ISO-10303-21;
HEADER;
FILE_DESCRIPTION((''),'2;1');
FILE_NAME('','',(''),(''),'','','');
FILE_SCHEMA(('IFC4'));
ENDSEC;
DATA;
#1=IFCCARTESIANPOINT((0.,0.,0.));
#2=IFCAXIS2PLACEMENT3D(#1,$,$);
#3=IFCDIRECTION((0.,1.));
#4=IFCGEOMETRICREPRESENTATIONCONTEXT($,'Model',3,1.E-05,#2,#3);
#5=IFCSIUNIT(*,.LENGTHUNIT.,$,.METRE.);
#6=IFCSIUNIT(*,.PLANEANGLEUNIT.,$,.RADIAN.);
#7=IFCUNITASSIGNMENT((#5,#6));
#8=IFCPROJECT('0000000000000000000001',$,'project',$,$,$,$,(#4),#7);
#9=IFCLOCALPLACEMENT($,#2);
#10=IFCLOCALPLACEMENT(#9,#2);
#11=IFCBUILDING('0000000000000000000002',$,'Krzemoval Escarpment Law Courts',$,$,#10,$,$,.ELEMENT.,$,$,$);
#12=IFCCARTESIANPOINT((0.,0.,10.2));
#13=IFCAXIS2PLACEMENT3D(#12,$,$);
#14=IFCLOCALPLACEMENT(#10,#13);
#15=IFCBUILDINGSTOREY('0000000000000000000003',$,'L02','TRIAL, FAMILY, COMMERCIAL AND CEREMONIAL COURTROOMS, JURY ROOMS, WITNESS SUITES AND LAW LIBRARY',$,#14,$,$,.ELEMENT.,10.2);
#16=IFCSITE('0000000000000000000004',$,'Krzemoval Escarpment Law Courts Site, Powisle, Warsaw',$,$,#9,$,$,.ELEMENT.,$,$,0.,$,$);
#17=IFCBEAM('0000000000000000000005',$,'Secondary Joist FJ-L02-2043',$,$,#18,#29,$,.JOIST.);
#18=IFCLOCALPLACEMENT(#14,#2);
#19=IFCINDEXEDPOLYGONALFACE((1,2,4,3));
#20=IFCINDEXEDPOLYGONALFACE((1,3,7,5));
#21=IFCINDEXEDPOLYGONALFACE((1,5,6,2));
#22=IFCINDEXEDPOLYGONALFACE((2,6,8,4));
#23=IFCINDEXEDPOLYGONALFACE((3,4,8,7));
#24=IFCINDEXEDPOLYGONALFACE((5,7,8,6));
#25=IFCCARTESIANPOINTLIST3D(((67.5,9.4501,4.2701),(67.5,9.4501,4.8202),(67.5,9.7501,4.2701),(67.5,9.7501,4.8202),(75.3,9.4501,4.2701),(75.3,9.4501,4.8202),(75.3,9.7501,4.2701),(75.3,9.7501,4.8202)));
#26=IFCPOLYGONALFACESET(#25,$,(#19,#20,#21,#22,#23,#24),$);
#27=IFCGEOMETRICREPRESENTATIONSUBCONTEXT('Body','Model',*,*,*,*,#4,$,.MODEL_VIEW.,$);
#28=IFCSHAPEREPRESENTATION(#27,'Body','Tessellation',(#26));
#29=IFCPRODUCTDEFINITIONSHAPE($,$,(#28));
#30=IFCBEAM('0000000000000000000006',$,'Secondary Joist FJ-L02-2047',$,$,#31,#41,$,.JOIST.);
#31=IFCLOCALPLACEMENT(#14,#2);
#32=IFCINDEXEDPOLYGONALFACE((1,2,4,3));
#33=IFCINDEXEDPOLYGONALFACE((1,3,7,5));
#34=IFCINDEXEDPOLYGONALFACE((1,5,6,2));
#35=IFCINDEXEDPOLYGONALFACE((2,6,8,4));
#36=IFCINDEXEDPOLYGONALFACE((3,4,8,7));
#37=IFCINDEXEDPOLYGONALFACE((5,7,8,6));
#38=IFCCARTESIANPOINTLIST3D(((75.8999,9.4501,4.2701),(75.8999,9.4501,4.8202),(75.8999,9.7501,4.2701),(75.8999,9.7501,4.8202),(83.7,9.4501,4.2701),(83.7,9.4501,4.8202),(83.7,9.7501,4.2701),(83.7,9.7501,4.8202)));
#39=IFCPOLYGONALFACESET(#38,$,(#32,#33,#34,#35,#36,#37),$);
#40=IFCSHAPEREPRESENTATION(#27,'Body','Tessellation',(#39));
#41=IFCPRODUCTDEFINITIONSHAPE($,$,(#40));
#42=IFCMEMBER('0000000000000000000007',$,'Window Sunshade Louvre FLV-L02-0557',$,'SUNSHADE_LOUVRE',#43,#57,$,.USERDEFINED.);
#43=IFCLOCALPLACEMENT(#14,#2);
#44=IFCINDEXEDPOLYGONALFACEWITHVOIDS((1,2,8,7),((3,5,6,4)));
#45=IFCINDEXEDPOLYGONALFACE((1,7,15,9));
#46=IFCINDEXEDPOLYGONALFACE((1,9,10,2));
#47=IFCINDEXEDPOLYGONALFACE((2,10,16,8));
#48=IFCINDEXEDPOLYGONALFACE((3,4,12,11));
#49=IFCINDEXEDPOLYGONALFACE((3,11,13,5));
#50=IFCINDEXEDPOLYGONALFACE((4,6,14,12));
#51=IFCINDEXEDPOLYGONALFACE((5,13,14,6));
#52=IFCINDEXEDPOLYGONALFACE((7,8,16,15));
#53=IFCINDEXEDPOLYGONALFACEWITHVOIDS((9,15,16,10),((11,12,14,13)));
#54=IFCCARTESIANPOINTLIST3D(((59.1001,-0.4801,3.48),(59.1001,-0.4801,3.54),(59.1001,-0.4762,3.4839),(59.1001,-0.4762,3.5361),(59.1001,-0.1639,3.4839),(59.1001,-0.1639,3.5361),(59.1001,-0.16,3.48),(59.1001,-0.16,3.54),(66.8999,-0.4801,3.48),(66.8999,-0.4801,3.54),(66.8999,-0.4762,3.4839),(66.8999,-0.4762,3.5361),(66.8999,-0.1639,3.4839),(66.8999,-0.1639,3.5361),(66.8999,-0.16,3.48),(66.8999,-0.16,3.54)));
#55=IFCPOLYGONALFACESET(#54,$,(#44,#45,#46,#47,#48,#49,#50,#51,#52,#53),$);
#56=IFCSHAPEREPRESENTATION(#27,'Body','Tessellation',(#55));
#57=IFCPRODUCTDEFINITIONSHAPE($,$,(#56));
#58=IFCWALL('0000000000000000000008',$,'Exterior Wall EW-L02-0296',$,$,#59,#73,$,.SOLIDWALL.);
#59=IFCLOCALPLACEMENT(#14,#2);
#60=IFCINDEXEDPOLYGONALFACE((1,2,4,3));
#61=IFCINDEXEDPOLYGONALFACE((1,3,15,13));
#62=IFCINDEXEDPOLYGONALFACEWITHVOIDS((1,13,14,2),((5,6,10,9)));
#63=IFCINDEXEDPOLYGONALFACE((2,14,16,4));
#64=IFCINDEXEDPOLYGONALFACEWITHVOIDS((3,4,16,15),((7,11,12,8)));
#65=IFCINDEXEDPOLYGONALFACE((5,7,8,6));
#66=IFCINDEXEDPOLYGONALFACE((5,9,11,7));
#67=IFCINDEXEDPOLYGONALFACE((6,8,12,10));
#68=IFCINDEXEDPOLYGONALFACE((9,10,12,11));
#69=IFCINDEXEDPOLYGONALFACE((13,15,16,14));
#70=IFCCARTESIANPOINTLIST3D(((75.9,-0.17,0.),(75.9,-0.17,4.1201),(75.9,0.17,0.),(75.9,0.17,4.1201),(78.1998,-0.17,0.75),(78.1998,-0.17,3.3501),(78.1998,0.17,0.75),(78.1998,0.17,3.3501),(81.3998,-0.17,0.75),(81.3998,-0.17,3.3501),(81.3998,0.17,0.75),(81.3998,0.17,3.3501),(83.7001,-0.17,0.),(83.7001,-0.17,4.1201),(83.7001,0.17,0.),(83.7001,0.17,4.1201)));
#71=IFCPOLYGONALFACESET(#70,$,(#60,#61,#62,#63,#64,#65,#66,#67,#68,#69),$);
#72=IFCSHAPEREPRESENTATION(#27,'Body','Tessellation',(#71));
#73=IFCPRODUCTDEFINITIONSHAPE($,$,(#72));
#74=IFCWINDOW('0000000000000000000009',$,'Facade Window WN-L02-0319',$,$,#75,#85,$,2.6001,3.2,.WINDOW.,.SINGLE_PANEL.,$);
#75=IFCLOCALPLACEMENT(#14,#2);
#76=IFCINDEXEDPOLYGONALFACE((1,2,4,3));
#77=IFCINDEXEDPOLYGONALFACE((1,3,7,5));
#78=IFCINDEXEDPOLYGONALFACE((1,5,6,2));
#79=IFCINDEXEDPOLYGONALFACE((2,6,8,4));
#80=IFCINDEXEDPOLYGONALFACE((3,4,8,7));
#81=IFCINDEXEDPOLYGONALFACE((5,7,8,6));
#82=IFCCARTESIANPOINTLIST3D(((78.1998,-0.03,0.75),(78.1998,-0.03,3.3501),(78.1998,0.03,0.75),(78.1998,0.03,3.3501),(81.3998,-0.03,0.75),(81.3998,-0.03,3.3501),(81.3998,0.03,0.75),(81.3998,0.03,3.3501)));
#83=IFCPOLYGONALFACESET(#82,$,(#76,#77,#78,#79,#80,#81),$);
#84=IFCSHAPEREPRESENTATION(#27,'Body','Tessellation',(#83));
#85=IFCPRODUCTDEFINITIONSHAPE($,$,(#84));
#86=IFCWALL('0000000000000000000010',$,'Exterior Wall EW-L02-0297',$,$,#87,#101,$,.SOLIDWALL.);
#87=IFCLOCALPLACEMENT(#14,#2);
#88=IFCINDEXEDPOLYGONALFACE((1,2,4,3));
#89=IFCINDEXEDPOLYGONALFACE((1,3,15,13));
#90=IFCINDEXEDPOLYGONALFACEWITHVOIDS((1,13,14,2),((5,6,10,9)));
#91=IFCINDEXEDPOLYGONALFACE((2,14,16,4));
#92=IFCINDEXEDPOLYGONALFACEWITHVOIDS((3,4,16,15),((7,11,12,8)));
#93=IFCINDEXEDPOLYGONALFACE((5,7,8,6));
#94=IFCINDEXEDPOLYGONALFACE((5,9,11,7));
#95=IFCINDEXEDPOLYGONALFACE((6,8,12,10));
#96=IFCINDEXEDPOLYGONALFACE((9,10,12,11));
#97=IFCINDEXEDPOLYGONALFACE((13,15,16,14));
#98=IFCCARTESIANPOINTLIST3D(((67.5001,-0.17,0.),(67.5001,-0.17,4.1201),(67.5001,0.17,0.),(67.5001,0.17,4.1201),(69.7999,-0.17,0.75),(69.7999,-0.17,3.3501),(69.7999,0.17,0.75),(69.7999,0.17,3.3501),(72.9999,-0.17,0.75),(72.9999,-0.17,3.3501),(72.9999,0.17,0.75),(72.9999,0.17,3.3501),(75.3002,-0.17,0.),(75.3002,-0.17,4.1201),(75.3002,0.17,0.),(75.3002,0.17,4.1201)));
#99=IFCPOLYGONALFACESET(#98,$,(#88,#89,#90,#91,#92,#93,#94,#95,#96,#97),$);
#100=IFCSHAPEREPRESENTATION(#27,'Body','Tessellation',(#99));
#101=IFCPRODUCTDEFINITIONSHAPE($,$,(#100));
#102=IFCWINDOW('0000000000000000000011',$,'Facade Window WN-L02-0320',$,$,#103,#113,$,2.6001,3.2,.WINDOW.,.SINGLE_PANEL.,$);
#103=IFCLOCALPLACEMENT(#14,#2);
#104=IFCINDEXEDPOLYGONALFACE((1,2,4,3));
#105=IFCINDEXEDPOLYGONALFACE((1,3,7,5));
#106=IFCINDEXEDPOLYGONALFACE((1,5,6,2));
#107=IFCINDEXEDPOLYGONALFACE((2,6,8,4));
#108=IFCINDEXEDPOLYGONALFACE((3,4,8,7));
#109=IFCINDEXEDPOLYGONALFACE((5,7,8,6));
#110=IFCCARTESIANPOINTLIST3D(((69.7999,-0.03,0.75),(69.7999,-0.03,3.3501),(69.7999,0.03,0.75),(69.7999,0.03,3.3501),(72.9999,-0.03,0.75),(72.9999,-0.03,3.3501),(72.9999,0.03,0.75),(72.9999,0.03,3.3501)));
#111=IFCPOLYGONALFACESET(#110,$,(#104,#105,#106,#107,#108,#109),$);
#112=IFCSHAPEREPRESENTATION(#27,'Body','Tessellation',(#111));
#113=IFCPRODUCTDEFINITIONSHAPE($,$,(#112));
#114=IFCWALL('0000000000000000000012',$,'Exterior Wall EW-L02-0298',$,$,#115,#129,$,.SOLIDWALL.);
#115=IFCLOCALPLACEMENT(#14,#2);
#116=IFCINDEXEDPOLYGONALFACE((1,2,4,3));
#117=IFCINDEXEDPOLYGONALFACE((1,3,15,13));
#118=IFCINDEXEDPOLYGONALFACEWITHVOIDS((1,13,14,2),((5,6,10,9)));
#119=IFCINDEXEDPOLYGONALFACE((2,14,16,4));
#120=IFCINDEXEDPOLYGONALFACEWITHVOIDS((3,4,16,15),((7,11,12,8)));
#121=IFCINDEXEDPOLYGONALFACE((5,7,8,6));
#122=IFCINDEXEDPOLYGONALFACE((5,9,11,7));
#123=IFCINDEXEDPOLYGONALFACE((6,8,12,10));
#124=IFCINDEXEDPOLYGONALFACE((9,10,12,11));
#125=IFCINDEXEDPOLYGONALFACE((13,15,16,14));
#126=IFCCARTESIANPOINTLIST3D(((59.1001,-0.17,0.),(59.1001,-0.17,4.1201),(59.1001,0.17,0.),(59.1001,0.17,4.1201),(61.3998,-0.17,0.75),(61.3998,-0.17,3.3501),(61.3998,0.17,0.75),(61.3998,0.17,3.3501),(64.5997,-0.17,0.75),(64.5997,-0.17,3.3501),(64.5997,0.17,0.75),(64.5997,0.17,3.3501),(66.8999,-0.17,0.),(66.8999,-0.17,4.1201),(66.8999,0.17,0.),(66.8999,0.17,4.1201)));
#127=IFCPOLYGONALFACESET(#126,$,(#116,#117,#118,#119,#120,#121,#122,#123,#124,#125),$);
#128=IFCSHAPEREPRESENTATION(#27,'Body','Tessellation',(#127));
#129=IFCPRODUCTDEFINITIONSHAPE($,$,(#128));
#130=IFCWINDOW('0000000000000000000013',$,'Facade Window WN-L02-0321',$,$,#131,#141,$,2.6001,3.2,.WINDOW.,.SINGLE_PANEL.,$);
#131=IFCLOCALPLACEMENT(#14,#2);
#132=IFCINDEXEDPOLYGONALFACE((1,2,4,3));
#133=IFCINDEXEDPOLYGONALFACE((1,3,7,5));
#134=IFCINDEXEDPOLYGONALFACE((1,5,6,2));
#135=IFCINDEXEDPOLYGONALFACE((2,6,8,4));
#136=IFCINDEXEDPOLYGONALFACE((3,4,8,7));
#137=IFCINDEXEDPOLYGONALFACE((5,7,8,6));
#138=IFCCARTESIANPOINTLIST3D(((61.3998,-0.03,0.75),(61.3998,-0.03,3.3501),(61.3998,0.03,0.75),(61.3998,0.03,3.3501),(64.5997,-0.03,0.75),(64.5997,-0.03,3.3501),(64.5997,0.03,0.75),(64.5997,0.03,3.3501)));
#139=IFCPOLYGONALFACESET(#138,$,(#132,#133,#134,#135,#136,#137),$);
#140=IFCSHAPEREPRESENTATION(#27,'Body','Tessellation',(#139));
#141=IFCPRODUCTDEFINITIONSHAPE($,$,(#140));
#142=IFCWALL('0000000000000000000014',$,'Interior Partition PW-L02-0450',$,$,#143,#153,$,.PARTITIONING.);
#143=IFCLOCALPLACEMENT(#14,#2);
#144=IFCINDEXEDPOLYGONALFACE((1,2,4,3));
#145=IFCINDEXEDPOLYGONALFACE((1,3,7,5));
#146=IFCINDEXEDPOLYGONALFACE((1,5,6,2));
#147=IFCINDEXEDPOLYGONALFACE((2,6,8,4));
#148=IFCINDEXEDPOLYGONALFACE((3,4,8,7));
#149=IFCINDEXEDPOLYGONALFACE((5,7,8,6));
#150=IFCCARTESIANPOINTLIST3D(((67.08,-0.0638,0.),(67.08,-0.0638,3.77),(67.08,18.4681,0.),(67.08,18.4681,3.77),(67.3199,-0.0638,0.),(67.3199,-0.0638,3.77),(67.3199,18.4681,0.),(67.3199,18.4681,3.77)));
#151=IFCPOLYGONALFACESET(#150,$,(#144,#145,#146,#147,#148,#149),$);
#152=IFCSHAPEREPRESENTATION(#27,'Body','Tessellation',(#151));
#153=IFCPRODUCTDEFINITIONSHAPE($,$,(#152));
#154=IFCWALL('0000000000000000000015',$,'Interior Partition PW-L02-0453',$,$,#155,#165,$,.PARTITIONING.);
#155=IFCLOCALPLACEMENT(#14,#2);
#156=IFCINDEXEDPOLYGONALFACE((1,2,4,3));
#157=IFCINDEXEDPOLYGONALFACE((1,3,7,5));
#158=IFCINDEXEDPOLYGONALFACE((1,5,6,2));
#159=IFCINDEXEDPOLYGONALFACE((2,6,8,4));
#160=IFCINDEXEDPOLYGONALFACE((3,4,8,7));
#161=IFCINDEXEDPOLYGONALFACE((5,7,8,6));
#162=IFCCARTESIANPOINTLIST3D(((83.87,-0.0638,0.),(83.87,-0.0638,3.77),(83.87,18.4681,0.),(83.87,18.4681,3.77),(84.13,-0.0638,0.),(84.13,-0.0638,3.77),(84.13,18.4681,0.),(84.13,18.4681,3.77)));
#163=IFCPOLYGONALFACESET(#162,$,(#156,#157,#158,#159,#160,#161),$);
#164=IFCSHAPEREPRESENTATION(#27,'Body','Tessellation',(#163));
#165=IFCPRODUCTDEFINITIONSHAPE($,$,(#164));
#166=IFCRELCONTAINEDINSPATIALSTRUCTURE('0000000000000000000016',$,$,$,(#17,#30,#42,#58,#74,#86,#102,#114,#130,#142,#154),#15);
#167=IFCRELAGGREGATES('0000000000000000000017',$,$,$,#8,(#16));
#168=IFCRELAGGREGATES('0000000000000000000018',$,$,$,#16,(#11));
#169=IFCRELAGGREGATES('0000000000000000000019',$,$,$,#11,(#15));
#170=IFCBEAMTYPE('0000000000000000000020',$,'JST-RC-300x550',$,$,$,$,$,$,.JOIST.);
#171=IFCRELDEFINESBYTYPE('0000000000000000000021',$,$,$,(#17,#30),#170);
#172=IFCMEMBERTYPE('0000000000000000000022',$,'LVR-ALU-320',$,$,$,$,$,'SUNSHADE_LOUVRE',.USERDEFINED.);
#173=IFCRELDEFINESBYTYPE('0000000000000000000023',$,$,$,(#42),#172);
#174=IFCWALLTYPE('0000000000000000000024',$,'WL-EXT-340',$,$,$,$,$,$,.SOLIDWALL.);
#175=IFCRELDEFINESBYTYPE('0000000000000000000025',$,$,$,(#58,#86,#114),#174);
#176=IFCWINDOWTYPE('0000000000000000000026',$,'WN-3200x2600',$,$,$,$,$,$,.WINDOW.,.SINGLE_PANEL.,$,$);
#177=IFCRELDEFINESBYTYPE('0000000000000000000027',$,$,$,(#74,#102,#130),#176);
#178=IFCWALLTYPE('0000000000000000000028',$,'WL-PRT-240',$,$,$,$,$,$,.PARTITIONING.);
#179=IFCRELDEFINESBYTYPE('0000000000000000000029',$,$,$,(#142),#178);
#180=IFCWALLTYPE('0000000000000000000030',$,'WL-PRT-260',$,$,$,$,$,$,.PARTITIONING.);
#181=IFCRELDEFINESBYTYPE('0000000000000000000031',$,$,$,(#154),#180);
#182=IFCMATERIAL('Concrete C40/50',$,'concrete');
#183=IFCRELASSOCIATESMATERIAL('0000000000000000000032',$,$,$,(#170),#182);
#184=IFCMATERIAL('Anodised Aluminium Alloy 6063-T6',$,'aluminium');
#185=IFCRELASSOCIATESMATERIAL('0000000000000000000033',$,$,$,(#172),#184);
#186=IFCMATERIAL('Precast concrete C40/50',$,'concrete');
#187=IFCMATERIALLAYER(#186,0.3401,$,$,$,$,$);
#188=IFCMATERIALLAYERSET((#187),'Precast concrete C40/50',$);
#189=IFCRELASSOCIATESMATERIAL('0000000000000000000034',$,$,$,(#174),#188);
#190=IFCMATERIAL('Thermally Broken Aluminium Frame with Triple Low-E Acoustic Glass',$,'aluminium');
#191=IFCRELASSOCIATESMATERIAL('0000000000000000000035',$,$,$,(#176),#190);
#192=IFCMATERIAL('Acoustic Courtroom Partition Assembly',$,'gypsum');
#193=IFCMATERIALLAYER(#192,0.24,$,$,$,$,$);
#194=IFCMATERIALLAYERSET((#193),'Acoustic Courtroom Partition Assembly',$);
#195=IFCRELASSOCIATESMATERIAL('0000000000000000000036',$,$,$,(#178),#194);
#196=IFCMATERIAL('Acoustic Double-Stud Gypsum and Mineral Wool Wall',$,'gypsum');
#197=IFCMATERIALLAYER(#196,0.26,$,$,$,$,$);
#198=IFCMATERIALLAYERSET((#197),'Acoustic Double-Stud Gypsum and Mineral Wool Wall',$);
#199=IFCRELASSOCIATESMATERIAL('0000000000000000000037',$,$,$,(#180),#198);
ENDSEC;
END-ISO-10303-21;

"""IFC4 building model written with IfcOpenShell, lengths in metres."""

from ifc_helpers import new_model, si_unit, direction, frame, frame_2d, origin, origin_2d, place, context, subcontext, project, spatial, rectangle, hollow_rectangle, extrude, material, layer, layer_set, material_profile, profile_set, type_object, element, fill, save


model = new_model("IFC4")

# Units and contexts
model_context = context("Model", 3, precision=1e-05, world=origin(), true_north=direction((0.0, 1.0)))
body_context = subcontext(model_context, "Body", "Model", "MODEL_VIEW")
ifc_project = project(units=[si_unit("LENGTHUNIT", "METRE"), si_unit("PLANEANGLEUNIT", "RADIAN")], contexts=[model_context])

# Site, building, storey
site_placement = place(None, origin())
site = spatial("IfcSite", under=ifc_project, at=site_placement, Name="Krzemoval Escarpment Law Courts Site, Powisle, Warsaw", CompositionType="ELEMENT", RefElevation=0.0)
building_placement = place(site_placement, origin())
building = spatial("IfcBuilding", under=site, at=building_placement, Name="Krzemoval Escarpment Law Courts", CompositionType="ELEMENT")
storey_placement = place(building_placement, frame((0.0, 0.0, 10.2)))
storey = spatial("IfcBuildingStorey", under=building, at=storey_placement, Name="L02", Description="TRIAL, FAMILY, COMMERCIAL AND CEREMONIAL COURTROOMS, JURY ROOMS, WITNESS SUITES AND LAW LIBRARY", CompositionType="ELEMENT", Elevation=10.2)

# Beams
ifc_material_1 = material(Name="Concrete C40/50", Category="concrete")
ifc_material_profile_1 = material_profile(ifc_material_1, rectangle(XDim=0.3, YDim=0.55, at=origin_2d()), Name="RCB 300x550")
ifc_profile_set_1 = profile_set([ifc_material_profile_1], Name="Concrete C40/50")
beam_type_1 = type_object("IfcBeamType", Name="JST-RC-300x550", PredefinedType="JOIST", material=ifc_profile_set_1)
for number, where, z_axis, x_axis, name in (
    (1, (67.5, 9.6001, 4.5452), (1.0, 0.0, 0.0), (0.0, 1.0, 0.0), "Secondary Joist FJ-L02-2043"),
    (2, (75.8999, 9.6001, 4.5452), (1.0, 0.0, 0.0), (0.0, 1.0, 0.0), "Secondary Joist FJ-L02-2047"),
):
    element("IfcBeam", number, at=place(storey_placement, frame(where, z_axis=z_axis, x_axis=x_axis)), inside=storey, type_object=beam_type_1, Name=name, PredefinedType="JOIST", context=body_context, shape_type="SweptSolid", body=[
        extrude(rectangle(XDim=0.3, YDim=0.55, at=origin_2d()), origin(), (0.0, 0.0, 1.0), 7.8),
    ])

# Member
ifc_material_2 = material(Name="Anodised Aluminium Alloy 6063-T6", Category="aluminium")
ifc_material_profile_2 = material_profile(ifc_material_2, hollow_rectangle(XDim=0.0601, YDim=0.3201, WallThickness=0.0039, at=origin_2d()), Name="ALU LVR 60x320")
ifc_profile_set_2 = profile_set([ifc_material_profile_2], Name="Anodised Aluminium Alloy 6063-T6")
member_type = type_object("IfcMemberType", Name="LVR-ALU-320", ElementType="SUNSHADE_LOUVRE", PredefinedType="USERDEFINED", material=ifc_profile_set_2)
member_placement = place(storey_placement, frame((66.8999, -0.3201, 3.51), z_axis=(-1.0, 0.0, 0.0), x_axis=(0.0, 0.0, 1.0)))
element("IfcMember", 3, at=member_placement, inside=storey, type_object=member_type, Name="Window Sunshade Louvre FLV-L02-0557", ObjectType="SUNSHADE_LOUVRE", PredefinedType="USERDEFINED", context=body_context, shape_type="SweptSolid", body=[
    extrude(hollow_rectangle(XDim=0.0601, YDim=0.3201, WallThickness=0.0039, at=origin_2d()), origin(), (0.0, 0.0, 1.0), 7.7998),
])

# Walls, openings, windows
ifc_material_3 = material(Name="Precast concrete C40/50", Category="concrete")
ifc_layer_1 = layer(ifc_material_3, 0.3401)
ifc_layer_set_1 = layer_set([ifc_layer_1], Name="Precast concrete C40/50")
wall_type_1 = type_object("IfcWallType", Name="WL-EXT-340", PredefinedType="SOLIDWALL", material=ifc_layer_set_1)
wall_1_placement = place(storey_placement, frame((83.7, 0.0, 0.0), z_axis=(0.0, 0.0, 1.0), x_axis=(-1.0, 0.0, 0.0)))
wall_1 = element("IfcWall", 4, at=wall_1_placement, inside=storey, type_object=wall_type_1, Name="Exterior Wall EW-L02-0296", PredefinedType="SOLIDWALL", context=body_context, shape_type="SweptSolid", body=[
    extrude(rectangle(XDim=7.8, YDim=0.3401, at=frame_2d((3.8999, 0.0))), origin(), (0.0, 0.0, 1.0), 4.1201),
])
opening_1_placement = place(wall_1_placement, frame((2.3, 0.0, 0.75)))
opening_1 = element("IfcOpeningElement", 5, at=opening_1_placement, cuts=wall_1, PredefinedType="OPENING", context=body_context, shape_type="SweptSolid", body=[
    extrude(rectangle(XDim=3.2, YDim=2.6001, at=frame_2d((1.6001, 1.3))), frame((0.0, 0.185, 0.0), z_axis=(0.0, -1.0, 0.0), x_axis=(1.0, 0.0, 0.0)), (0.0, 0.0, 1.0), 0.3701),
])
ifc_material_4 = material(Name="Thermally Broken Aluminium Frame with Triple Low-E Acoustic Glass", Category="aluminium")
window_type = type_object("IfcWindowType", Name="WN-3200x2600", PartitioningType="SINGLE_PANEL", PredefinedType="WINDOW", material=ifc_material_4)
window_1_placement = place(opening_1_placement, origin())
window_1 = element("IfcWindow", 6, at=window_1_placement, inside=storey, type_object=window_type, Name="Facade Window WN-L02-0319", OverallHeight=2.6001, OverallWidth=3.2, PartitioningType="SINGLE_PANEL", PredefinedType="WINDOW", context=body_context, shape_type="SweptSolid", body=[
    extrude(rectangle(XDim=3.2, YDim=2.6001, at=frame_2d((1.6001, 1.3))), frame((0.0, 0.03, 0.0), z_axis=(0.0, -1.0, 0.0), x_axis=(1.0, 0.0, 0.0)), (0.0, 0.0, 1.0), 0.0601),
])
fill(opening_1, window_1)
wall_2_placement = place(storey_placement, frame((75.3, 0.0, 0.0), z_axis=(0.0, 0.0, 1.0), x_axis=(-1.0, 0.0, 0.0)))
wall_2 = element("IfcWall", 7, at=wall_2_placement, inside=storey, type_object=wall_type_1, Name="Exterior Wall EW-L02-0297", PredefinedType="SOLIDWALL", context=body_context, shape_type="SweptSolid", body=[
    extrude(rectangle(XDim=7.8, YDim=0.3401, at=frame_2d((3.8999, 0.0))), origin(), (0.0, 0.0, 1.0), 4.1201),
])
opening_2_placement = place(wall_2_placement, frame((2.3, 0.0, 0.75)))
opening_2 = element("IfcOpeningElement", 8, at=opening_2_placement, cuts=wall_2, PredefinedType="OPENING", context=body_context, shape_type="SweptSolid", body=[
    extrude(rectangle(XDim=3.2, YDim=2.6001, at=frame_2d((1.6001, 1.3))), frame((0.0, 0.185, 0.0), z_axis=(0.0, -1.0, 0.0), x_axis=(1.0, 0.0, 0.0)), (0.0, 0.0, 1.0), 0.3701),
])
window_2_placement = place(opening_2_placement, origin())
window_2 = element("IfcWindow", 9, at=window_2_placement, inside=storey, type_object=window_type, Name="Facade Window WN-L02-0320", OverallHeight=2.6001, OverallWidth=3.2, PartitioningType="SINGLE_PANEL", PredefinedType="WINDOW", context=body_context, shape_type="SweptSolid", body=[
    extrude(rectangle(XDim=3.2, YDim=2.6001, at=frame_2d((1.6001, 1.3))), frame((0.0, 0.03, 0.0), z_axis=(0.0, -1.0, 0.0), x_axis=(1.0, 0.0, 0.0)), (0.0, 0.0, 1.0), 0.0601),
])
fill(opening_2, window_2)
wall_3_placement = place(storey_placement, frame((66.8999, 0.0, 0.0), z_axis=(0.0, 0.0, 1.0), x_axis=(-1.0, 0.0, 0.0)))
wall_3 = element("IfcWall", 10, at=wall_3_placement, inside=storey, type_object=wall_type_1, Name="Exterior Wall EW-L02-0298", PredefinedType="SOLIDWALL", context=body_context, shape_type="SweptSolid", body=[
    extrude(rectangle(XDim=7.7998, YDim=0.3401, at=frame_2d((3.8999, 0.0))), origin(), (0.0, 0.0, 1.0), 4.1201),
])
opening_3_placement = place(wall_3_placement, frame((2.3, 0.0, 0.75)))
opening_3 = element("IfcOpeningElement", 11, at=opening_3_placement, cuts=wall_3, PredefinedType="OPENING", context=body_context, shape_type="SweptSolid", body=[
    extrude(rectangle(XDim=3.2, YDim=2.6001, at=frame_2d((1.6001, 1.3))), frame((0.0, 0.185, 0.0), z_axis=(0.0, -1.0, 0.0), x_axis=(1.0, 0.0, 0.0)), (0.0, 0.0, 1.0), 0.3701),
])
window_3_placement = place(opening_3_placement, origin())
window_3 = element("IfcWindow", 12, at=window_3_placement, inside=storey, type_object=window_type, Name="Facade Window WN-L02-0321", OverallHeight=2.6001, OverallWidth=3.2, PartitioningType="SINGLE_PANEL", PredefinedType="WINDOW", context=body_context, shape_type="SweptSolid", body=[
    extrude(rectangle(XDim=3.2, YDim=2.6001, at=frame_2d((1.6001, 1.3))), frame((0.0, 0.03, 0.0), z_axis=(0.0, -1.0, 0.0), x_axis=(1.0, 0.0, 0.0)), (0.0, 0.0, 1.0), 0.0601),
])
fill(opening_3, window_3)

# Walls
ifc_material_5 = material(Name="Acoustic Courtroom Partition Assembly", Category="gypsum")
ifc_layer_2 = layer(ifc_material_5, 0.24)
ifc_layer_set_2 = layer_set([ifc_layer_2], Name="Acoustic Courtroom Partition Assembly")
wall_type_2 = type_object("IfcWallType", Name="WL-PRT-240", PredefinedType="PARTITIONING", material=ifc_layer_set_2)
wall_4_placement = place(storey_placement, frame((67.2, -0.064, 0.0), z_axis=(0.0, 0.0, 1.0), x_axis=(0.0, 1.0, 0.0)))
element("IfcWall", 13, at=wall_4_placement, inside=storey, type_object=wall_type_2, Name="Interior Partition PW-L02-0450", PredefinedType="PARTITIONING", context=body_context, shape_type="SweptSolid", body=[
    extrude(rectangle(XDim=18.532, YDim=0.24, at=frame_2d((9.2661, 0.0))), origin(), (0.0, 0.0, 1.0), 3.77),
])
ifc_material_6 = material(Name="Acoustic Double-Stud Gypsum and Mineral Wool Wall", Category="gypsum")
ifc_layer_3 = layer(ifc_material_6, 0.26)
ifc_layer_set_3 = layer_set([ifc_layer_3], Name="Acoustic Double-Stud Gypsum and Mineral Wool Wall")
wall_type_3 = type_object("IfcWallType", Name="WL-PRT-260", PredefinedType="PARTITIONING", material=ifc_layer_set_3)
wall_5_placement = place(storey_placement, frame((84.0, -0.064, 0.0), z_axis=(0.0, 0.0, 1.0), x_axis=(0.0, 1.0, 0.0)))
element("IfcWall", 14, at=wall_5_placement, inside=storey, type_object=wall_type_3, Name="Interior Partition PW-L02-0453", PredefinedType="PARTITIONING", context=body_context, shape_type="SweptSolid", body=[
    extrude(rectangle(XDim=18.532, YDim=0.26, at=frame_2d((9.2661, 0.0))), origin(), (0.0, 0.0, 1.0), 3.77),
])

save(model, "model.ifc")
